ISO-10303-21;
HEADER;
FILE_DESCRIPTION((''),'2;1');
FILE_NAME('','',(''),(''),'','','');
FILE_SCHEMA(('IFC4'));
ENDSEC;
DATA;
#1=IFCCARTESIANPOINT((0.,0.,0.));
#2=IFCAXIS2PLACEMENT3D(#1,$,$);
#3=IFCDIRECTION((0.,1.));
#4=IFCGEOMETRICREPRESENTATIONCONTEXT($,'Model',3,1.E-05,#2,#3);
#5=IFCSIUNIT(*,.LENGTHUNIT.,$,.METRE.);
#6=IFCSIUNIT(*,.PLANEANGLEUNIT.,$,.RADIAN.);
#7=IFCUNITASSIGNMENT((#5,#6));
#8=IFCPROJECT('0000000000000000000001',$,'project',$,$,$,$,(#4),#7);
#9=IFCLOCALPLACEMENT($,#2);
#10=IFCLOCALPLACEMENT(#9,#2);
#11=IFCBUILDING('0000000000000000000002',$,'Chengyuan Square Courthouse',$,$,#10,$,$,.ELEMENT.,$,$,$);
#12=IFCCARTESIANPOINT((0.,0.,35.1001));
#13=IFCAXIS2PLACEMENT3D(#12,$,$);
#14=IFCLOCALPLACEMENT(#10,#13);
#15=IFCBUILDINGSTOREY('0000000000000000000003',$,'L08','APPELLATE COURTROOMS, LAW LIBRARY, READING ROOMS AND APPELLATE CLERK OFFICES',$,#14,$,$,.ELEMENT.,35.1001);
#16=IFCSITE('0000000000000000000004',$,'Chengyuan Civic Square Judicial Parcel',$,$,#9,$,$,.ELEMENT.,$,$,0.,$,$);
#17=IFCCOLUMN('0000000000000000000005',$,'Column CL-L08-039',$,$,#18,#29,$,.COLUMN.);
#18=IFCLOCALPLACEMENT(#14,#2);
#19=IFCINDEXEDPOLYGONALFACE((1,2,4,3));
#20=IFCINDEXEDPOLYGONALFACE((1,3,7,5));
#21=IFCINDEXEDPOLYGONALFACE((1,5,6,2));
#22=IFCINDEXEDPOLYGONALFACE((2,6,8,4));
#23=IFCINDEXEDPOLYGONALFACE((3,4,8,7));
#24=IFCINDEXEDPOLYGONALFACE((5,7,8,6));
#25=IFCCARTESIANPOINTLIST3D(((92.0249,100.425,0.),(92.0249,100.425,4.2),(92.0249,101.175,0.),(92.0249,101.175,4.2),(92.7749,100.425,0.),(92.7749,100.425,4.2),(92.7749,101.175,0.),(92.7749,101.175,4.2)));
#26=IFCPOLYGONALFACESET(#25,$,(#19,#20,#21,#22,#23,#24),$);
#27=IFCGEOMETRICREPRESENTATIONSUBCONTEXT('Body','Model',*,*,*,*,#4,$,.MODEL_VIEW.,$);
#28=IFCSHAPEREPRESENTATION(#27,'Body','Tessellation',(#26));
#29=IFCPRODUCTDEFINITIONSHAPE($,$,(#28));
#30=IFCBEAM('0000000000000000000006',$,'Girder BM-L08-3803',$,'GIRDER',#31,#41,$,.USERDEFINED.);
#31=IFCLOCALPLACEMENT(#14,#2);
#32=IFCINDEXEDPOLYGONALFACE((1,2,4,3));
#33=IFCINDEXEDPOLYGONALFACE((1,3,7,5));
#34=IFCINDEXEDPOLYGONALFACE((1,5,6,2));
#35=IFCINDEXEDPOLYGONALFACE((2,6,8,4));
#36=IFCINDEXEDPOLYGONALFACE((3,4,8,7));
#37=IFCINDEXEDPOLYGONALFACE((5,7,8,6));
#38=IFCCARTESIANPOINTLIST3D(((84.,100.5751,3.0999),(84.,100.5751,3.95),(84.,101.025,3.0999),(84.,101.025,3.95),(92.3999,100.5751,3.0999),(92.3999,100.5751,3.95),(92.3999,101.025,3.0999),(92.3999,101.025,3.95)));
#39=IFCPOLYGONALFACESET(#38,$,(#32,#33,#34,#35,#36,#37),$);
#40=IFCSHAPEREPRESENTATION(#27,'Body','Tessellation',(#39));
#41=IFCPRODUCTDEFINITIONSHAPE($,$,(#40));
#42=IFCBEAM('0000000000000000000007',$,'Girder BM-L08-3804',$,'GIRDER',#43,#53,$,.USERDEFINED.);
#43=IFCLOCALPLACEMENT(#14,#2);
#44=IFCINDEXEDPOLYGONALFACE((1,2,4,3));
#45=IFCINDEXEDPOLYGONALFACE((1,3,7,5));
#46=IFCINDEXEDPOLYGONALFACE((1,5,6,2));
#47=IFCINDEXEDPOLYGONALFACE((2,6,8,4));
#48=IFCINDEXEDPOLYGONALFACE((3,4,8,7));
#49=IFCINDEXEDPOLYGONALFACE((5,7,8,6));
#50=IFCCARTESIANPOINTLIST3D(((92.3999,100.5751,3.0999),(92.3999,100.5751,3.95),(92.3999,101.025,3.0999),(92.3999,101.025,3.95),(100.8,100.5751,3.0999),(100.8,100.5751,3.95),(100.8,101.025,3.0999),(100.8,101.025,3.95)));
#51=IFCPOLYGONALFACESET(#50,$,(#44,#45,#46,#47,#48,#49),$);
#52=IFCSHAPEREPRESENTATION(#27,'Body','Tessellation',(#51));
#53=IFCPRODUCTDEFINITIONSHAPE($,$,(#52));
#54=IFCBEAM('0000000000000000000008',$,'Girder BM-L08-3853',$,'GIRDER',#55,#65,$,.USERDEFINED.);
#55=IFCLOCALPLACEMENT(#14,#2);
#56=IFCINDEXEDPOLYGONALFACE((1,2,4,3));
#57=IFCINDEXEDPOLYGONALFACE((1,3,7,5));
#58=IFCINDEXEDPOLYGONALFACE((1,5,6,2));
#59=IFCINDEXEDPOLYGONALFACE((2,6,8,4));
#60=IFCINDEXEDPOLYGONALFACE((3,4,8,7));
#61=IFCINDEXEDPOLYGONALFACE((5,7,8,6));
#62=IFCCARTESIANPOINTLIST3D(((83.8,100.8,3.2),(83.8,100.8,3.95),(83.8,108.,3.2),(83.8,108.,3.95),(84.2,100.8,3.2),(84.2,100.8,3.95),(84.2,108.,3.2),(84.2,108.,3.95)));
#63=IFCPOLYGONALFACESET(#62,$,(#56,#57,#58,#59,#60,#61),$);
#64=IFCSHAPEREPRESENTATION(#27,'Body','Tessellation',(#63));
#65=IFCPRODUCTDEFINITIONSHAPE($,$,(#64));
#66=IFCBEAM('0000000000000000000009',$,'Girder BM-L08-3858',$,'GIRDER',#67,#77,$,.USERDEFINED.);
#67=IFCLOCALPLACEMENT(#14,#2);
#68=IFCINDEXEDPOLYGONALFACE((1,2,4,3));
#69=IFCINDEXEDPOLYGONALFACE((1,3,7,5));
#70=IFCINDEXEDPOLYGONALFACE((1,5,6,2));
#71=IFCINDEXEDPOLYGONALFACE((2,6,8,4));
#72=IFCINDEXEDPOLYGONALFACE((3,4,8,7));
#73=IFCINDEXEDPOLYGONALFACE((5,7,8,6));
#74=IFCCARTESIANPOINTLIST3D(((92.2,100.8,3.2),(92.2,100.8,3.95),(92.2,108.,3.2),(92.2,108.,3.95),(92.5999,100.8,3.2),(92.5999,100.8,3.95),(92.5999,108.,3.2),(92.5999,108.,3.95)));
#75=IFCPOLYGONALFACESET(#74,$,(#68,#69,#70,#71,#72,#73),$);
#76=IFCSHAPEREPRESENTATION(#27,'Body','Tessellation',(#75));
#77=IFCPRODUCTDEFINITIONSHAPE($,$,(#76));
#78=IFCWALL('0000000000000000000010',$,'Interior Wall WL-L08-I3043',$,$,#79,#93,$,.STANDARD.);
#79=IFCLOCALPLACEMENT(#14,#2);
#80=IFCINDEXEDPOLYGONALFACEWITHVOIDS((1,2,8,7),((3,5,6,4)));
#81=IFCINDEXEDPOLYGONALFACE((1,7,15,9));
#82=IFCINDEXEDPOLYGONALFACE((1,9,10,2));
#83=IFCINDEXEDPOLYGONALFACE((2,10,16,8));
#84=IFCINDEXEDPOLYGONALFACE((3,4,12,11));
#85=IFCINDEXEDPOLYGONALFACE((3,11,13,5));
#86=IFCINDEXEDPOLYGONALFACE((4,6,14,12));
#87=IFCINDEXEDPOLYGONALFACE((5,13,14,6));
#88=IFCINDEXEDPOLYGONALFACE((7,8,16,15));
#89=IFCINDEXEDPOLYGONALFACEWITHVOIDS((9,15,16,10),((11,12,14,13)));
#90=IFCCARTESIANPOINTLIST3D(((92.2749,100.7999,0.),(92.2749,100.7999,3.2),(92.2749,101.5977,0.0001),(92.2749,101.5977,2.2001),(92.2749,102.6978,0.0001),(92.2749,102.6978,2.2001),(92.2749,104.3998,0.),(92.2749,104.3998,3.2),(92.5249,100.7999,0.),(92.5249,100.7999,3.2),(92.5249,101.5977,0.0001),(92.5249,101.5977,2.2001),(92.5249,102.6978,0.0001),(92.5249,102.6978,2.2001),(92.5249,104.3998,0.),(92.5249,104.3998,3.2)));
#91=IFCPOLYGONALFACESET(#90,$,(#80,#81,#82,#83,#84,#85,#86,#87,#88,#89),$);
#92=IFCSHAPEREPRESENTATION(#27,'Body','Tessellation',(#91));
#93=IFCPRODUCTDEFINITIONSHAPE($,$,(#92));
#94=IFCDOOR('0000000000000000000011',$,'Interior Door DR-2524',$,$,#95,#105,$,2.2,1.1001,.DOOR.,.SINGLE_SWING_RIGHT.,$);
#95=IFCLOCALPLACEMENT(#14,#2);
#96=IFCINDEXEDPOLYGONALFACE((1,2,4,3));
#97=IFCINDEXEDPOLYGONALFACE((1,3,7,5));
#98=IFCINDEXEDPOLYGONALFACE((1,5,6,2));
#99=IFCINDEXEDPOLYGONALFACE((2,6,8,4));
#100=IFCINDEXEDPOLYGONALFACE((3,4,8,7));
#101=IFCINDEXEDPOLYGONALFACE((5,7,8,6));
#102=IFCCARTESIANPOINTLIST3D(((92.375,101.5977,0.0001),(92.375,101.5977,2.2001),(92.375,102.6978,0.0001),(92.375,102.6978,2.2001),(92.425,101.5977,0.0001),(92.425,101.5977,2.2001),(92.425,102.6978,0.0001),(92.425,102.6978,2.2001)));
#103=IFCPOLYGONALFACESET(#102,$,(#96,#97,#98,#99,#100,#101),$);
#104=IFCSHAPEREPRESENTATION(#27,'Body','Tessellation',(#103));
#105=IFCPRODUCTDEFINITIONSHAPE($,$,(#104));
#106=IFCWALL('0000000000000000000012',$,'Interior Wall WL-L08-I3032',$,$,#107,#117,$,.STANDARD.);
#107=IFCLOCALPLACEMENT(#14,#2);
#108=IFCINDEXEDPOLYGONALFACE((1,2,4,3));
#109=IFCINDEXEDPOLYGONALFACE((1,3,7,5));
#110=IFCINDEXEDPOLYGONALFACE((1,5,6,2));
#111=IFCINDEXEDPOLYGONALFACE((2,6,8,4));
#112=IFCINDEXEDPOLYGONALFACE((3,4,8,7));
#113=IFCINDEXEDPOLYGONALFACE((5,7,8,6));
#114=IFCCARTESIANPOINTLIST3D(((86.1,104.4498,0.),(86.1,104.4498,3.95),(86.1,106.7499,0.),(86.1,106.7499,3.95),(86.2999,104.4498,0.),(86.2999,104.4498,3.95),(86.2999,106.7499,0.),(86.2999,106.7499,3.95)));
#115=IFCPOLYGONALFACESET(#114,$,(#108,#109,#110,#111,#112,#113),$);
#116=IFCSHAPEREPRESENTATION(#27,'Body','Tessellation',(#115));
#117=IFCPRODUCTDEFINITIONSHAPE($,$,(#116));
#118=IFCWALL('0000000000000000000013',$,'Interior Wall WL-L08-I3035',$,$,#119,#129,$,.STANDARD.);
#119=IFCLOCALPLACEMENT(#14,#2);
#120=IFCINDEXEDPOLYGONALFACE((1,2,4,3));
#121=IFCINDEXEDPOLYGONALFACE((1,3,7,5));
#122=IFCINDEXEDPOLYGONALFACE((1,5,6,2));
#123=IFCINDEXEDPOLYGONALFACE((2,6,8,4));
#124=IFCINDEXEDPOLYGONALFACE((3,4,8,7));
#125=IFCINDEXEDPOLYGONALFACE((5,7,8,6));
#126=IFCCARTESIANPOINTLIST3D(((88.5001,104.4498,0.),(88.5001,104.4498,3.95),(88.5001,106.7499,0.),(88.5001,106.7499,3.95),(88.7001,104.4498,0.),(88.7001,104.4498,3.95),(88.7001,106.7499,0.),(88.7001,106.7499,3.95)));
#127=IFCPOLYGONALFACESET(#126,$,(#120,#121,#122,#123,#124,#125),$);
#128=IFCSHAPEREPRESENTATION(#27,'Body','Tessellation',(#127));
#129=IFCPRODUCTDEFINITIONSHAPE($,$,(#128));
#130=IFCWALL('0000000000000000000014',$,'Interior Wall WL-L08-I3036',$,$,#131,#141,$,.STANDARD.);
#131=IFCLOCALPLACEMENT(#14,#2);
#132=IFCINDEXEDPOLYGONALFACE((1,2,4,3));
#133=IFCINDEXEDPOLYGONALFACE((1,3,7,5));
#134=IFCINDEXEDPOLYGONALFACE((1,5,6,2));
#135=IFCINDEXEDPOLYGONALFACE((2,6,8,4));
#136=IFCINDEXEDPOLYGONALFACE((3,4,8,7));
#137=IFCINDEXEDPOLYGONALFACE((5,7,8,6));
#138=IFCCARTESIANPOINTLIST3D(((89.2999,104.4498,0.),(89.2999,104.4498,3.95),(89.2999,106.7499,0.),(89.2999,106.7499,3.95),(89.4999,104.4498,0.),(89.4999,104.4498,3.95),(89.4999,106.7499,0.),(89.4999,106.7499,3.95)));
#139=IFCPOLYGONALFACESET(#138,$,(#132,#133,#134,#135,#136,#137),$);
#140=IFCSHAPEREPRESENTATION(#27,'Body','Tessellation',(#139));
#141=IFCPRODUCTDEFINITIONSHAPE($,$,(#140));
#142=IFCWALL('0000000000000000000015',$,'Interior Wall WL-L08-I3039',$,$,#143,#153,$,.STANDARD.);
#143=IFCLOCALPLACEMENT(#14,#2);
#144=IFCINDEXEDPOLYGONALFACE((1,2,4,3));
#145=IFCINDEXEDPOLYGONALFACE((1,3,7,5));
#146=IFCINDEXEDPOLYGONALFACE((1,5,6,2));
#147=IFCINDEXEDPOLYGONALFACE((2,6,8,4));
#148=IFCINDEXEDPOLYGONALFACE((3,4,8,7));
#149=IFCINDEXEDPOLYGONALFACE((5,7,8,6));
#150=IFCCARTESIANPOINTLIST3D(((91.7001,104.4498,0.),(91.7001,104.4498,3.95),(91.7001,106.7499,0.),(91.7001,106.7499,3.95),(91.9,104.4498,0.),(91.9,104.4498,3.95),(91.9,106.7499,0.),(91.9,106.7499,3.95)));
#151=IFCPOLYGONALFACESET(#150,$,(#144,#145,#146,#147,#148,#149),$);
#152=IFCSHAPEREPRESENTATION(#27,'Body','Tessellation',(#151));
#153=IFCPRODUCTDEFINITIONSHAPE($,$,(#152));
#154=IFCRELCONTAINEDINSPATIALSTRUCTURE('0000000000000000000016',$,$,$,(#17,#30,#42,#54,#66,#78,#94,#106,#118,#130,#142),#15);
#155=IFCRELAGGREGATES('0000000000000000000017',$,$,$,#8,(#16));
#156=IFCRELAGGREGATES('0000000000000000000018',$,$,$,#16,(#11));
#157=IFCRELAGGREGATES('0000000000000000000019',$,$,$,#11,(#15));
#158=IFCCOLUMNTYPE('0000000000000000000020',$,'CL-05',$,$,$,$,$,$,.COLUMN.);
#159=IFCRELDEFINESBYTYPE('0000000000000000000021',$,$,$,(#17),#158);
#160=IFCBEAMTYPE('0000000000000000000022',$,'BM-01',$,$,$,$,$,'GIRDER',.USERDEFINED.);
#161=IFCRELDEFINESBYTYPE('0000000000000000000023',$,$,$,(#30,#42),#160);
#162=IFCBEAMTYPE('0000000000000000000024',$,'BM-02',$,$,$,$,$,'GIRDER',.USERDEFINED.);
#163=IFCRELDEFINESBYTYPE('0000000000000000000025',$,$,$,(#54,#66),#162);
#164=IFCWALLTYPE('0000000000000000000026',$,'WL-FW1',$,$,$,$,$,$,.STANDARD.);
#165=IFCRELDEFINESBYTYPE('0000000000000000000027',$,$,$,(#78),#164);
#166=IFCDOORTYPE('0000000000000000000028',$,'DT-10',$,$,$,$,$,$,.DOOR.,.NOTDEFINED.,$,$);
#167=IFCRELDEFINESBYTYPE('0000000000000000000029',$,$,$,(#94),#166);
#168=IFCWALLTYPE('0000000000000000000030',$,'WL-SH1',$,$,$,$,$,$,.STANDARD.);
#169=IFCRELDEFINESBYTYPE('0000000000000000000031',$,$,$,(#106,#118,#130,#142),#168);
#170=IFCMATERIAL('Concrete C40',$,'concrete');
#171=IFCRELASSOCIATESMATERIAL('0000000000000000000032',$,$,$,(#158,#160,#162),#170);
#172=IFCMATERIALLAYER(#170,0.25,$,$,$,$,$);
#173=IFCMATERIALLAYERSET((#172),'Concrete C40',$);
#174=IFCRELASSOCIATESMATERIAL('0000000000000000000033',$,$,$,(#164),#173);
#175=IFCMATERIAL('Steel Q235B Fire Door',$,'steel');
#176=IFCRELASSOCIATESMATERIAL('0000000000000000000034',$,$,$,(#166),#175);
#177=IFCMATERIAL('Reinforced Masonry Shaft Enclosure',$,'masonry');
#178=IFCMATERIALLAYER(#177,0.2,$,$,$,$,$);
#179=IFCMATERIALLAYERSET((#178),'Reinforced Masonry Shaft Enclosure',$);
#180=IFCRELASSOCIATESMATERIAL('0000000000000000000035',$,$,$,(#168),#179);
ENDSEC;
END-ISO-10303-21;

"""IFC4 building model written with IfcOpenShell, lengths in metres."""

from ifc_helpers import new_model, si_unit, direction, frame, frame_2d, origin, origin_2d, place, context, subcontext, project, spatial, rectangle, extrude, material, layer, layer_set, material_profile, profile_set, type_object, element, fill, save


model = new_model("IFC4")

# Units and contexts
model_context = context("Model", 3, precision=1e-05, world=origin(), true_north=direction((0.0, 1.0)))
body_context = subcontext(model_context, "Body", "Model", "MODEL_VIEW")
ifc_project = project(units=[si_unit("LENGTHUNIT", "METRE"), si_unit("PLANEANGLEUNIT", "RADIAN")], contexts=[model_context])

# Site, building, storey
site_placement = place(None, origin())
site = spatial("IfcSite", under=ifc_project, at=site_placement, Name="Chengyuan Civic Square Judicial Parcel", CompositionType="ELEMENT", RefElevation=0.0)
building_placement = place(site_placement, origin())
building = spatial("IfcBuilding", under=site, at=building_placement, Name="Chengyuan Square Courthouse", CompositionType="ELEMENT")
storey_placement = place(building_placement, frame((0.0, 0.0, 35.1001)))
storey = spatial("IfcBuildingStorey", under=building, at=storey_placement, Name="L08", Description="APPELLATE COURTROOMS, LAW LIBRARY, READING ROOMS AND APPELLATE CLERK OFFICES", CompositionType="ELEMENT", Elevation=35.1001)

# Column
ifc_material_1 = material(Name="Concrete C40", Category="concrete")
ifc_material_profile_1 = material_profile(ifc_material_1, rectangle(XDim=0.75, YDim=0.75, at=origin_2d()), Name="RC-COL-750x750")
ifc_profile_set_1 = profile_set([ifc_material_profile_1], Name="Concrete C40")
column_type = type_object("IfcColumnType", Name="CL-05", PredefinedType="COLUMN", material=ifc_profile_set_1)
column_placement = place(storey_placement, frame((92.3999, 100.8, 0.0), z_axis=(0.0, 0.0, 1.0), x_axis=(1.0, 0.0, 0.0)))
element("IfcColumn", 1, at=column_placement, inside=storey, type_object=column_type, Name="Column CL-L08-039", PredefinedType="COLUMN", context=body_context, shape_type="SweptSolid", body=[
    extrude(rectangle(XDim=0.75, YDim=0.75, at=origin_2d()), origin(), (0.0, 0.0, 1.0), 4.2),
])

# Beams
ifc_material_profile_2 = material_profile(ifc_material_1, rectangle(XDim=0.45, YDim=0.8501, at=origin_2d()), Name="RC-BM-450x850")
ifc_profile_set_2 = profile_set([ifc_material_profile_2], Name="Concrete C40")
beam_type_1 = type_object("IfcBeamType", Name="BM-01", ElementType="GIRDER", PredefinedType="USERDEFINED", material=ifc_profile_set_2)
beam_1_placement = place(storey_placement, frame((84.0, 100.8, 3.5249), z_axis=(1.0, 0.0, 0.0), x_axis=(0.0, 1.0, 0.0)))
element("IfcBeam", 2, at=beam_1_placement, inside=storey, type_object=beam_type_1, Name="Girder BM-L08-3803", ObjectType="GIRDER", PredefinedType="USERDEFINED", context=body_context, shape_type="SweptSolid", body=[
    extrude(rectangle(XDim=0.45, YDim=0.8501, at=origin_2d()), origin(), (0.0, 0.0, 1.0), 8.3999),
])
beam_2_placement = place(storey_placement, frame((92.3999, 100.8, 3.5249), z_axis=(1.0, 0.0, 0.0), x_axis=(0.0, 1.0, 0.0)))
element("IfcBeam", 3, at=beam_2_placement, inside=storey, type_object=beam_type_1, Name="Girder BM-L08-3804", ObjectType="GIRDER", PredefinedType="USERDEFINED", context=body_context, shape_type="SweptSolid", body=[
    extrude(rectangle(XDim=0.45, YDim=0.8501, at=origin_2d()), origin(), (0.0, 0.0, 1.0), 8.4001),
])
ifc_material_profile_3 = material_profile(ifc_material_1, rectangle(XDim=0.3999, YDim=0.75, at=origin_2d()), Name="RC-BM-400x750")
ifc_profile_set_3 = profile_set([ifc_material_profile_3], Name="Concrete C40")
beam_type_2 = type_object("IfcBeamType", Name="BM-02", ElementType="GIRDER", PredefinedType="USERDEFINED", material=ifc_profile_set_3)
for number, where, z_axis, x_axis, name in (
    (4, (84.0, 100.8, 3.575), (0.0, 1.0, 0.0), (-1.0, 0.0, 0.0), "Girder BM-L08-3853"),
    (5, (92.3999, 100.8, 3.575), (0.0, 1.0, 0.0), (-1.0, 0.0, 0.0), "Girder BM-L08-3858"),
):
    element("IfcBeam", number, at=place(storey_placement, frame(where, z_axis=z_axis, x_axis=x_axis)), inside=storey, type_object=beam_type_2, Name=name, ObjectType="GIRDER", PredefinedType="USERDEFINED", context=body_context, shape_type="SweptSolid", body=[
        extrude(rectangle(XDim=0.3999, YDim=0.75, at=origin_2d()), origin(), (0.0, 0.0, 1.0), 7.2),
    ])

# Wall, opening, door
ifc_layer_1 = layer(ifc_material_1, 0.25)
ifc_layer_set_1 = layer_set([ifc_layer_1], Name="Concrete C40")
wall_type_1 = type_object("IfcWallType", Name="WL-FW1", PredefinedType="STANDARD", material=ifc_layer_set_1)
wall_1_placement = place(storey_placement, frame((92.3999, 100.8, 0.0), z_axis=(0.0, 0.0, 1.0), x_axis=(0.0, 1.0, 0.0)))
wall_1 = element("IfcWall", 6, at=wall_1_placement, inside=storey, type_object=wall_type_1, Name="Interior Wall WL-L08-I3043", PredefinedType="STANDARD", context=body_context, shape_type="SweptSolid", body=[
    extrude(rectangle(XDim=3.5999, YDim=0.25, at=frame_2d((1.7998, 0.0))), origin(), (0.0, 0.0, 1.0), 3.2),
])
opening_1_placement = place(wall_1_placement, frame((0.7976, 0.0, 0.0)))
opening_1 = element("IfcOpeningElement", 7, at=opening_1_placement, cuts=wall_1, PredefinedType="OPENING", context=body_context, shape_type="SweptSolid", body=[
    extrude(rectangle(XDim=1.1001, YDim=2.2, at=frame_2d((0.55, 1.1001))), frame((0.0, 0.137, 0.0), z_axis=(0.0, -1.0, 0.0), x_axis=(1.0, 0.0, 0.0)), (0.0, 0.0, 1.0), 0.2739),
])
ifc_material_2 = material(Name="Steel Q235B Fire Door", Category="steel")
door_type_1 = type_object("IfcDoorType", Name="DT-10", OperationType="NOTDEFINED", PredefinedType="DOOR", material=ifc_material_2)
door_1_placement = place(opening_1_placement, origin())
door_1 = element("IfcDoor", 8, at=door_1_placement, inside=storey, type_object=door_type_1, Name="Interior Door DR-2524", OperationType="SINGLE_SWING_RIGHT", OverallHeight=2.2, OverallWidth=1.1001, PredefinedType="DOOR", context=body_context, shape_type="SweptSolid", body=[
    extrude(rectangle(XDim=1.1001, YDim=2.2, at=frame_2d((0.55, 1.1001))), frame((0.0, 0.0249, 0.0), z_axis=(0.0, -1.0, 0.0), x_axis=(1.0, 0.0, 0.0)), (0.0, 0.0, 1.0), 0.05),
])
fill(opening_1, door_1)
ifc_material_3 = material(Name="Reinforced Masonry Shaft Enclosure", Category="masonry")
ifc_layer_2 = layer(ifc_material_3, 0.2)
ifc_layer_set_2 = layer_set([ifc_layer_2], Name="Reinforced Masonry Shaft Enclosure")
wall_type_2 = type_object("IfcWallType", Name="WL-SH1", PredefinedType="STANDARD", material=ifc_layer_set_2)

# Walls
for number, where, z_axis, x_axis, name in (
    (9, (86.2, 104.45, 0.0), (0.0, 0.0, 1.0), (0.0, 1.0, 0.0), "Interior Wall WL-L08-I3032"),
    (10, (88.6001, 104.45, 0.0), (0.0, 0.0, 1.0), (0.0, 1.0, 0.0), "Interior Wall WL-L08-I3035"),
    (11, (89.3999, 104.45, 0.0), (0.0, 0.0, 1.0), (0.0, 1.0, 0.0), "Interior Wall WL-L08-I3036"),
    (12, (91.8, 104.45, 0.0), (0.0, 0.0, 1.0), (0.0, 1.0, 0.0), "Interior Wall WL-L08-I3039"),
):
    element("IfcWall", number, at=place(storey_placement, frame(where, z_axis=z_axis, x_axis=x_axis)), inside=storey, type_object=wall_type_2, Name=name, PredefinedType="STANDARD", context=body_context, shape_type="SweptSolid", body=[
        extrude(rectangle(XDim=2.3, YDim=0.2, at=frame_2d((1.1499, 0.0))), origin(), (0.0, 0.0, 1.0), 3.95),
    ])

save(model, "model.ifc")
